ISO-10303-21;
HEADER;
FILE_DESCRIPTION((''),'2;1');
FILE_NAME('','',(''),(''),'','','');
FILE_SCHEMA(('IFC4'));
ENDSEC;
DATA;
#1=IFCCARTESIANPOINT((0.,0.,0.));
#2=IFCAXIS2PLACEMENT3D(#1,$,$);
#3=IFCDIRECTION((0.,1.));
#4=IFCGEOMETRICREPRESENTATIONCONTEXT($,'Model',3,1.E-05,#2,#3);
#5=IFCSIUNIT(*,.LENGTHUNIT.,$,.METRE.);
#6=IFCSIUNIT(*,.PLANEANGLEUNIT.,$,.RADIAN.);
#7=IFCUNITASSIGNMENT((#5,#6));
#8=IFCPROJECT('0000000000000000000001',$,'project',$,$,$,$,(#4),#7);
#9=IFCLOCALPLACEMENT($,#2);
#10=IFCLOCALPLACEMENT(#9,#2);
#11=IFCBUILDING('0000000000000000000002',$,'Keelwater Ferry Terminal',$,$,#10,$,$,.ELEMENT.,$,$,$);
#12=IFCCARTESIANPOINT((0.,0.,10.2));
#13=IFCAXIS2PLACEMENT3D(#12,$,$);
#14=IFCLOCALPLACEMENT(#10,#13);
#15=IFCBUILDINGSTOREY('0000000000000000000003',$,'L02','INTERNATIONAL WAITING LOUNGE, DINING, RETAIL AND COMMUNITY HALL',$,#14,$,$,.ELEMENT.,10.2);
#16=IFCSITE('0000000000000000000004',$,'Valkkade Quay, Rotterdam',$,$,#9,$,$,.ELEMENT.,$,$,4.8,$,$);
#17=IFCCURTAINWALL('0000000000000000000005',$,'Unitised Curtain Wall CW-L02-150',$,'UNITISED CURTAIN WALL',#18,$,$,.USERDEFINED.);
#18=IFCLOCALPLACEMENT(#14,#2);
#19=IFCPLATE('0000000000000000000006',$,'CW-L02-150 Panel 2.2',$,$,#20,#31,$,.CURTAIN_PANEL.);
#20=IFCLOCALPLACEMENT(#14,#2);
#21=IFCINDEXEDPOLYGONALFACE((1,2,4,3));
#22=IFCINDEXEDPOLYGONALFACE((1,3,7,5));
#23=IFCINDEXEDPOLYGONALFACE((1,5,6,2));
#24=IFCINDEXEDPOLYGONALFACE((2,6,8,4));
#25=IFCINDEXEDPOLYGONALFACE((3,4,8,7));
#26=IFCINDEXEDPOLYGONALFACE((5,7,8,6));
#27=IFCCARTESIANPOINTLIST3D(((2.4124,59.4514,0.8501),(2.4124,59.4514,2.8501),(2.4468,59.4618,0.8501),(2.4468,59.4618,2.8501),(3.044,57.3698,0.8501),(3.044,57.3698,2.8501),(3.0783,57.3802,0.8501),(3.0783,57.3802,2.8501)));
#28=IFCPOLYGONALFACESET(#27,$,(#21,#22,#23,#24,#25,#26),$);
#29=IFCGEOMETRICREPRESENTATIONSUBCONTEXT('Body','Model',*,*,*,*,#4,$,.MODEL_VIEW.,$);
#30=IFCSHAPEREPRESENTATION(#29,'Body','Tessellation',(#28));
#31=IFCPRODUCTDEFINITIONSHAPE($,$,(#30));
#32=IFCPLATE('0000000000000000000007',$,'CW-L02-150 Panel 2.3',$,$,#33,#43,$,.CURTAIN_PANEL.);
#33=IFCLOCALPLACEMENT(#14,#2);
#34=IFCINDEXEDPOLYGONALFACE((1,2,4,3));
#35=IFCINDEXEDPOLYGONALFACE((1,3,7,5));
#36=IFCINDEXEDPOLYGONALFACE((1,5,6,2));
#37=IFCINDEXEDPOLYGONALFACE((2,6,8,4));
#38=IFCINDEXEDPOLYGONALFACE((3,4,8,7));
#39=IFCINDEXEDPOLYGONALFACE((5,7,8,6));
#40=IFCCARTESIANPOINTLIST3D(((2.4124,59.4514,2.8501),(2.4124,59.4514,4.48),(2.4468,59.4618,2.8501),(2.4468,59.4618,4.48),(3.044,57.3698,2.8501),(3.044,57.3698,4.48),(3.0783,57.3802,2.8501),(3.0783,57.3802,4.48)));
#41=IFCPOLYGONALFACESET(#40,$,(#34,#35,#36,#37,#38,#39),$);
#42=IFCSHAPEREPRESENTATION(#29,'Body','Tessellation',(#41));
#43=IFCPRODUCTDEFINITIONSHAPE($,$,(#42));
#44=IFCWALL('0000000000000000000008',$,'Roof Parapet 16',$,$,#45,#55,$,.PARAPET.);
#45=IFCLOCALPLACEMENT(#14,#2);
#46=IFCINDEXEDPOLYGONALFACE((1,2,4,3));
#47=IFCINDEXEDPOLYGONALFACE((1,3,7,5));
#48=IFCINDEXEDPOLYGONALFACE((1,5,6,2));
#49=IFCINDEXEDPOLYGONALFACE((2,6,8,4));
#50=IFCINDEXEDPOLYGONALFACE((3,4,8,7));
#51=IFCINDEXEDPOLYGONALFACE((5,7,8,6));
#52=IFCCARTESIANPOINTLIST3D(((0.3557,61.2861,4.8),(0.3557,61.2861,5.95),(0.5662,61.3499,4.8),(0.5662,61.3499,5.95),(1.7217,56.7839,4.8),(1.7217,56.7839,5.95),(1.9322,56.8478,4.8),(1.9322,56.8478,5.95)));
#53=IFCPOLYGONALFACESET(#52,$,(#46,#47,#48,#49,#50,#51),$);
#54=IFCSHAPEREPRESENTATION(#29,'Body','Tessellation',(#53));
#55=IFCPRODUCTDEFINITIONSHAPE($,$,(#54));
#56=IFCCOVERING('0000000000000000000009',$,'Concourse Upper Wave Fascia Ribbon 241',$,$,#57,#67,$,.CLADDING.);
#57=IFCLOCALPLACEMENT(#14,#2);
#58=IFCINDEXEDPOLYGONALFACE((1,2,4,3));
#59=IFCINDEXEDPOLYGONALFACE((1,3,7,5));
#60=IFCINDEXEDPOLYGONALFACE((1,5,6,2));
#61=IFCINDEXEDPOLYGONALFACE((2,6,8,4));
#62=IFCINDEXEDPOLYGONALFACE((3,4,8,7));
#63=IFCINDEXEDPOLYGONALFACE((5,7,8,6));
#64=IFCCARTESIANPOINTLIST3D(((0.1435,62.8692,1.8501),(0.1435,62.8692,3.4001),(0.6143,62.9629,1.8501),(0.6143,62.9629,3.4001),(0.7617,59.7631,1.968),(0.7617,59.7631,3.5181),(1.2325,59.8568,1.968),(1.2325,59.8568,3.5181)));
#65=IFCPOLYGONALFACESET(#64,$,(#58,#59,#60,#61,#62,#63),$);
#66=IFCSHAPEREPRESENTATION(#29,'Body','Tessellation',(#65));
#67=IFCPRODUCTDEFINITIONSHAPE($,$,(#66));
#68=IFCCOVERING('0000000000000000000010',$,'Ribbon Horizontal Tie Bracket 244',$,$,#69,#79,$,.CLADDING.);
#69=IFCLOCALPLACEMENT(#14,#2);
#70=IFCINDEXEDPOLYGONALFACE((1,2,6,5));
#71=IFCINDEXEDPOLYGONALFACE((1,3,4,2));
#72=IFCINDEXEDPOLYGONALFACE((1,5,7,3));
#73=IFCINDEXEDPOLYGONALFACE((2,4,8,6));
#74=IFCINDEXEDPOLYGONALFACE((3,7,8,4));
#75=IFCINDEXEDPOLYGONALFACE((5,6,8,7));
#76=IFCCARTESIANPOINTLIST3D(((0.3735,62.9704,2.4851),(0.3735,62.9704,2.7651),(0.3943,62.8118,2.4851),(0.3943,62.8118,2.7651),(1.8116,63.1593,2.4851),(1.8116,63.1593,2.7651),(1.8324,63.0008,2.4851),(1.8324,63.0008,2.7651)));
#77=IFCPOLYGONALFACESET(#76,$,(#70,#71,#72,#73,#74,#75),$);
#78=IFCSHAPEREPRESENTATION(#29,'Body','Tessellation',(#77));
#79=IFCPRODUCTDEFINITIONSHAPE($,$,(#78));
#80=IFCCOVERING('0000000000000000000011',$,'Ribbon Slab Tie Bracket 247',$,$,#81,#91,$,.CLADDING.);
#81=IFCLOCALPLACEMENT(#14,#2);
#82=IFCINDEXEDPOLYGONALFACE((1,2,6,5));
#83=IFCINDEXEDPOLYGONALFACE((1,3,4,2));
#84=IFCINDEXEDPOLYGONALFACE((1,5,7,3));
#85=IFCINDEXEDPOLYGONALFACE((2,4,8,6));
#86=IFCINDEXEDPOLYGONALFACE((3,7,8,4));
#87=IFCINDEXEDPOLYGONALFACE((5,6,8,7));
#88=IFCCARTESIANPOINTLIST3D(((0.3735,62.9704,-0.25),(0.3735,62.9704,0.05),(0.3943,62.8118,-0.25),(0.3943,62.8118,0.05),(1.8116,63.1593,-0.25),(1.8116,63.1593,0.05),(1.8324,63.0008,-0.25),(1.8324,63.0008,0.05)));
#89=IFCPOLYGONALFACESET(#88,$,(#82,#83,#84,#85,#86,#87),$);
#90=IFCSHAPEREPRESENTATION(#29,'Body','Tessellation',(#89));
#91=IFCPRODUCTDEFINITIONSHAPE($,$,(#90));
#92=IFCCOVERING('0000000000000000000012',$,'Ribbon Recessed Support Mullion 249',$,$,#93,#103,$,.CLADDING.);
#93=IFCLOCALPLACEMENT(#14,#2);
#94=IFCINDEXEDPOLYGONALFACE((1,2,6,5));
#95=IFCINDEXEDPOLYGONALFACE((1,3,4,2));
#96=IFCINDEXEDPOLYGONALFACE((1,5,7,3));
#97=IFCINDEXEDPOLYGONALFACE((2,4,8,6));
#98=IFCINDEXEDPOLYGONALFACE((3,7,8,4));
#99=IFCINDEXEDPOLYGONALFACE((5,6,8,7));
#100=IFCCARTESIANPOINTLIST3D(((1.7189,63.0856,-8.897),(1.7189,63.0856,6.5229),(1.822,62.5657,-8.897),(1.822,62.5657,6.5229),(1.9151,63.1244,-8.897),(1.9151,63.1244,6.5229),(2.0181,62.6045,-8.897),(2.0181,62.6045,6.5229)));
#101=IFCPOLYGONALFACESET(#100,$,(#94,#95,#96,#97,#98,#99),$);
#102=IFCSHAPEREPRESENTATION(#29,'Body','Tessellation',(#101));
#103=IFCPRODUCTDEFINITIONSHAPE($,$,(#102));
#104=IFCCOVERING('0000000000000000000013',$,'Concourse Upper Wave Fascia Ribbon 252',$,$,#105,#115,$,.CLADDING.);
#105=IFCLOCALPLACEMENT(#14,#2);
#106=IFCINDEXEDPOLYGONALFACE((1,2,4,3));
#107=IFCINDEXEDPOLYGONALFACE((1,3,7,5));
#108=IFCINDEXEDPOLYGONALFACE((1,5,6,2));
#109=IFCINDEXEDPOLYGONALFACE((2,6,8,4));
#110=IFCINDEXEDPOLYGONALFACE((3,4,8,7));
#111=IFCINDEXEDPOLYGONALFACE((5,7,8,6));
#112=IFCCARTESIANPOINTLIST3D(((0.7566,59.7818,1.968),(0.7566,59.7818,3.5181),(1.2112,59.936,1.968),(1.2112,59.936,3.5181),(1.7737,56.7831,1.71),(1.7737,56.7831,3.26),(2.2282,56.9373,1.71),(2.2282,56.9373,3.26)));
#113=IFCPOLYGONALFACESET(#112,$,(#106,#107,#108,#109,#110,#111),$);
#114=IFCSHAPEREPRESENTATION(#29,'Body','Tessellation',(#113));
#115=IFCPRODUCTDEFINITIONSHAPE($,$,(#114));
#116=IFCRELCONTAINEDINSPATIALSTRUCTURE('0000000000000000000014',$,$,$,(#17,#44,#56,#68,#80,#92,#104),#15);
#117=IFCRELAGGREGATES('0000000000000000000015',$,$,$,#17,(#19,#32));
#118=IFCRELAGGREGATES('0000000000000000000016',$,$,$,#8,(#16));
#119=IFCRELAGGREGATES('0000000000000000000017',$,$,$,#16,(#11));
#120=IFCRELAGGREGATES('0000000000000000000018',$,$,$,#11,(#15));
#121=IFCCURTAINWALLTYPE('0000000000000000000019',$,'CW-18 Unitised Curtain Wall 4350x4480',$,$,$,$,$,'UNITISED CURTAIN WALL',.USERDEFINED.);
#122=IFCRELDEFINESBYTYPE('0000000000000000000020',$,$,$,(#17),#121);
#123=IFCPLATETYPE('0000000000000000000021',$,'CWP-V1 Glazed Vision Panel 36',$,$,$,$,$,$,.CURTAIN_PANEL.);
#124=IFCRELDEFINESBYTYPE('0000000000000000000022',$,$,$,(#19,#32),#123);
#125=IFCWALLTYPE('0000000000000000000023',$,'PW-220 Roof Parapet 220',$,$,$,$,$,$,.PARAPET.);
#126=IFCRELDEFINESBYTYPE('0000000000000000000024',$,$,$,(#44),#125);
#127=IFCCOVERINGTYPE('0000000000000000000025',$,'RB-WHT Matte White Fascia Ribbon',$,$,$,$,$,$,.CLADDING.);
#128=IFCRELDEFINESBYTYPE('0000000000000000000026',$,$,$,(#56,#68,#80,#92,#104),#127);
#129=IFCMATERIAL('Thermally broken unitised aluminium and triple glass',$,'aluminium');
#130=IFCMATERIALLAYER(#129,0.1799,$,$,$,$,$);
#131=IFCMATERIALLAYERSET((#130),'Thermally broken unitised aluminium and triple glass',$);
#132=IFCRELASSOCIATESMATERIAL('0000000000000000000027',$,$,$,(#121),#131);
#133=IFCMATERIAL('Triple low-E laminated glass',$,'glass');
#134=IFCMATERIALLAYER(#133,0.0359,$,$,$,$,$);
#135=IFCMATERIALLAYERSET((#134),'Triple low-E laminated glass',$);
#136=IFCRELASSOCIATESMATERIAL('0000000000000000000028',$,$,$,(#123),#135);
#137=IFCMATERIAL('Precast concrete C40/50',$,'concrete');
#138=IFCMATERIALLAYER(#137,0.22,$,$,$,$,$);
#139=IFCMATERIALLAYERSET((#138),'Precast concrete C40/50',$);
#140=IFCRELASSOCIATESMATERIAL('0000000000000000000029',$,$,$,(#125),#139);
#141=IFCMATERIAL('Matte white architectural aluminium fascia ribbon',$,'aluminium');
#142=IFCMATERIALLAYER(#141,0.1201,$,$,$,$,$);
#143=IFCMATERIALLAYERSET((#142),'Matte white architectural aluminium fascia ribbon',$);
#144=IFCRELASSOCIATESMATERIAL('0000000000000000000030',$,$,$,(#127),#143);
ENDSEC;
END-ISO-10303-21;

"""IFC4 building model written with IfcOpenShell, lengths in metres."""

from ifc_helpers import new_model, si_unit, direction, frame, frame_2d, origin, origin_2d, place, context, subcontext, project, spatial, polyline, rectangle, outline, extrude, material, layer, layer_set, type_object, element, aggregate, save


model = new_model("IFC4")

# Units and contexts
model_context = context("Model", 3, precision=1e-05, world=origin(), true_north=direction((0.0, 1.0)))
body_context = subcontext(model_context, "Body", "Model", "MODEL_VIEW")
ifc_project = project(units=[si_unit("LENGTHUNIT", "METRE"), si_unit("PLANEANGLEUNIT", "RADIAN")], contexts=[model_context])

# Site, building, storey
site_placement = place(None, origin())
site = spatial("IfcSite", under=ifc_project, at=site_placement, Name="Valkkade Quay, Rotterdam", CompositionType="ELEMENT", RefElevation=4.8)
building_placement = place(site_placement, origin())
building = spatial("IfcBuilding", under=site, at=building_placement, Name="Keelwater Ferry Terminal", CompositionType="ELEMENT")
storey_placement = place(building_placement, frame((0.0, 0.0, 10.2)))
storey = spatial("IfcBuildingStorey", under=building, at=storey_placement, Name="L02", Description="INTERNATIONAL WAITING LOUNGE, DINING, RETAIL AND COMMUNITY HALL", CompositionType="ELEMENT", Elevation=10.2)

# Curtain wall
ifc_material_1 = material(Name="Thermally broken unitised aluminium and triple glass", Category="aluminium")
ifc_layer_1 = layer(ifc_material_1, 0.1799)
ifc_layer_set_1 = layer_set([ifc_layer_1], Name="Thermally broken unitised aluminium and triple glass")
curtain_wall_type = type_object("IfcCurtainWallType", Name="CW-18 Unitised Curtain Wall 4350x4480", ElementType="UNITISED CURTAIN WALL", PredefinedType="USERDEFINED", material=ifc_layer_set_1)
curtain_wall_1_placement = place(storey_placement, origin())
curtain_wall_1 = element("IfcCurtainWall", 1, at=curtain_wall_1_placement, inside=storey, type_object=curtain_wall_type, Name="Unitised Curtain Wall CW-L02-150", ObjectType="UNITISED CURTAIN WALL", PredefinedType="USERDEFINED")

# Plates
ifc_material_2 = material(Name="Triple low-E laminated glass", Category="glass")
ifc_layer_2 = layer(ifc_material_2, 0.0359)
ifc_layer_set_2 = layer_set([ifc_layer_2], Name="Triple low-E laminated glass")
plate_type_1 = type_object("IfcPlateType", Name="CWP-V1 Glazed Vision Panel 36", PredefinedType="CURTAIN_PANEL", material=ifc_layer_set_2)
plate_1_placement = place(storey_placement, frame((2.7454, 58.4158, 0.8501), z_axis=(0.0, 0.0, 1.0), x_axis=(0.29032, -0.95693, 0.0)))
plate_1 = element("IfcPlate", 2, at=plate_1_placement, type_object=plate_type_1, Name="CW-L02-150 Panel 2.2", PredefinedType="CURTAIN_PANEL", context=body_context, shape_type="SweptSolid", body=[
    extrude(rectangle(XDim=2.1753, YDim=0.0359, at=origin_2d()), origin(), (0.0, 0.0, 1.0), 2.0),
])
plate_2_placement = place(storey_placement, frame((2.7454, 58.4158, 2.8501), z_axis=(0.0, 0.0, 1.0), x_axis=(0.29032, -0.95693, 0.0)))
plate_2 = element("IfcPlate", 3, at=plate_2_placement, type_object=plate_type_1, Name="CW-L02-150 Panel 2.3", PredefinedType="CURTAIN_PANEL", context=body_context, shape_type="SweptSolid", body=[
    extrude(rectangle(XDim=2.1753, YDim=0.0359, at=origin_2d()), origin(), (0.0, 0.0, 1.0), 1.6299),
])
aggregate(curtain_wall_1, [plate_1, plate_2])

# Wall
ifc_material_3 = material(Name="Precast concrete C40/50", Category="concrete")
ifc_layer_3 = layer(ifc_material_3, 0.22)
ifc_layer_set_3 = layer_set([ifc_layer_3], Name="Precast concrete C40/50")
wall_type = type_object("IfcWallType", Name="PW-220 Roof Parapet 220", PredefinedType="PARAPET", material=ifc_layer_set_3)
wall_placement = place(storey_placement, frame((0.4609, 61.3181, 4.8), z_axis=(0.0, 0.0, 1.0), x_axis=(0.290331, -0.956926, 0.0)))
element("IfcWall", 4, at=wall_placement, inside=storey, type_object=wall_type, Name="Roof Parapet 16", PredefinedType="PARAPET", context=body_context, shape_type="SweptSolid", body=[
    extrude(rectangle(XDim=4.7048, YDim=0.22, at=frame_2d((2.3525, 0.0))), origin(), (0.0, 0.0, 1.0), 1.1499),
])

# Coverings
ifc_material_4 = material(Name="Matte white architectural aluminium fascia ribbon", Category="aluminium")
ifc_layer_4 = layer(ifc_material_4, 0.1201)
ifc_layer_set_4 = layer_set([ifc_layer_4], Name="Matte white architectural aluminium fascia ribbon")
covering_type = type_object("IfcCoveringType", Name="RB-WHT Matte White Fascia Ribbon", PredefinedType="CLADDING", material=ifc_layer_set_4)
covering_1_placement = place(storey_placement, frame((0.3789, 62.916, 1.8501), z_axis=(0.0, 0.0, 1.0), x_axis=(0.195197, -0.980764, 0.0)))
element("IfcCovering", 5, at=covering_1_placement, inside=storey, type_object=covering_type, Name="Concourse Upper Wave Fascia Ribbon 241", PredefinedType="CLADDING", context=body_context, shape_type="SweptSolid", body=[
    extrude(outline(polyline([(0.0, 0.0), (3.167, 0.1179), (3.167, 1.668), (0.0, 1.55), (0.0, 0.0)])), frame((0.0, 0.24, 0.0), z_axis=(0.0, -1.0, 0.0), x_axis=(1.0, 0.0, 0.0)), (0.0, 0.0, 1.0), 0.48),
])
covering_2_placement = place(storey_placement, frame((0.384, 62.8911, 2.4851), z_axis=(0.0, 0.0, 1.0), x_axis=(0.991476, 0.130289, 0.0)))
element("IfcCovering", 6, at=covering_2_placement, inside=storey, type_object=covering_type, Name="Ribbon Horizontal Tie Bracket 244", PredefinedType="CLADDING", context=body_context, shape_type="SweptSolid", body=[
    extrude(rectangle(XDim=1.4504, YDim=0.1599, at=frame_2d((0.7251, 0.0))), origin(), (0.0, 0.0, 1.0), 0.28),
])
covering_3_placement = place(storey_placement, frame((0.384, 62.8911, -0.25), z_axis=(0.0, 0.0, 1.0), x_axis=(0.991476, 0.130289, 0.0)))
element("IfcCovering", 7, at=covering_3_placement, inside=storey, type_object=covering_type, Name="Ribbon Slab Tie Bracket 247", PredefinedType="CLADDING", context=body_context, shape_type="SweptSolid", body=[
    extrude(rectangle(XDim=1.4504, YDim=0.1599, at=frame_2d((0.7251, 0.0))), origin(), (0.0, 0.0, 1.0), 0.3),
])
covering_4_placement = place(storey_placement, frame((1.8169, 63.105, -8.897), z_axis=(0.0, 0.0, 1.0), x_axis=(0.194345, -0.980933, 0.0)))
element("IfcCovering", 8, at=covering_4_placement, inside=storey, type_object=covering_type, Name="Ribbon Recessed Support Mullion 249", PredefinedType="CLADDING", context=body_context, shape_type="SweptSolid", body=[
    extrude(outline(polyline([(0.0, 0.0), (0.53, 0.0), (0.53, 15.4199), (0.0, 15.4199), (0.0, 0.0)])), frame((0.0, 0.1001, 0.0), z_axis=(0.0, -1.0, 0.0), x_axis=(1.0, 0.0, 0.0)), (0.0, 0.0, 1.0), 0.2),
])
covering_5_placement = place(storey_placement, frame((0.9839, 59.8589, 1.71), z_axis=(0.0, 0.0, 1.0), x_axis=(0.321196, -0.947013, 0.0)))
element("IfcCovering", 9, at=covering_5_placement, inside=storey, type_object=covering_type, Name="Concourse Upper Wave Fascia Ribbon 252", PredefinedType="CLADDING", context=body_context, shape_type="SweptSolid", body=[
    extrude(outline(polyline([(0.0, 0.2581), (3.1665, 0.0), (3.1665, 1.55), (0.0, 1.8081), (0.0, 0.2581)])), frame((0.0, 0.24, 0.0), z_axis=(0.0, -1.0, 0.0), x_axis=(1.0, 0.0, 0.0)), (0.0, 0.0, 1.0), 0.48),
])

save(model, "model.ifc")
